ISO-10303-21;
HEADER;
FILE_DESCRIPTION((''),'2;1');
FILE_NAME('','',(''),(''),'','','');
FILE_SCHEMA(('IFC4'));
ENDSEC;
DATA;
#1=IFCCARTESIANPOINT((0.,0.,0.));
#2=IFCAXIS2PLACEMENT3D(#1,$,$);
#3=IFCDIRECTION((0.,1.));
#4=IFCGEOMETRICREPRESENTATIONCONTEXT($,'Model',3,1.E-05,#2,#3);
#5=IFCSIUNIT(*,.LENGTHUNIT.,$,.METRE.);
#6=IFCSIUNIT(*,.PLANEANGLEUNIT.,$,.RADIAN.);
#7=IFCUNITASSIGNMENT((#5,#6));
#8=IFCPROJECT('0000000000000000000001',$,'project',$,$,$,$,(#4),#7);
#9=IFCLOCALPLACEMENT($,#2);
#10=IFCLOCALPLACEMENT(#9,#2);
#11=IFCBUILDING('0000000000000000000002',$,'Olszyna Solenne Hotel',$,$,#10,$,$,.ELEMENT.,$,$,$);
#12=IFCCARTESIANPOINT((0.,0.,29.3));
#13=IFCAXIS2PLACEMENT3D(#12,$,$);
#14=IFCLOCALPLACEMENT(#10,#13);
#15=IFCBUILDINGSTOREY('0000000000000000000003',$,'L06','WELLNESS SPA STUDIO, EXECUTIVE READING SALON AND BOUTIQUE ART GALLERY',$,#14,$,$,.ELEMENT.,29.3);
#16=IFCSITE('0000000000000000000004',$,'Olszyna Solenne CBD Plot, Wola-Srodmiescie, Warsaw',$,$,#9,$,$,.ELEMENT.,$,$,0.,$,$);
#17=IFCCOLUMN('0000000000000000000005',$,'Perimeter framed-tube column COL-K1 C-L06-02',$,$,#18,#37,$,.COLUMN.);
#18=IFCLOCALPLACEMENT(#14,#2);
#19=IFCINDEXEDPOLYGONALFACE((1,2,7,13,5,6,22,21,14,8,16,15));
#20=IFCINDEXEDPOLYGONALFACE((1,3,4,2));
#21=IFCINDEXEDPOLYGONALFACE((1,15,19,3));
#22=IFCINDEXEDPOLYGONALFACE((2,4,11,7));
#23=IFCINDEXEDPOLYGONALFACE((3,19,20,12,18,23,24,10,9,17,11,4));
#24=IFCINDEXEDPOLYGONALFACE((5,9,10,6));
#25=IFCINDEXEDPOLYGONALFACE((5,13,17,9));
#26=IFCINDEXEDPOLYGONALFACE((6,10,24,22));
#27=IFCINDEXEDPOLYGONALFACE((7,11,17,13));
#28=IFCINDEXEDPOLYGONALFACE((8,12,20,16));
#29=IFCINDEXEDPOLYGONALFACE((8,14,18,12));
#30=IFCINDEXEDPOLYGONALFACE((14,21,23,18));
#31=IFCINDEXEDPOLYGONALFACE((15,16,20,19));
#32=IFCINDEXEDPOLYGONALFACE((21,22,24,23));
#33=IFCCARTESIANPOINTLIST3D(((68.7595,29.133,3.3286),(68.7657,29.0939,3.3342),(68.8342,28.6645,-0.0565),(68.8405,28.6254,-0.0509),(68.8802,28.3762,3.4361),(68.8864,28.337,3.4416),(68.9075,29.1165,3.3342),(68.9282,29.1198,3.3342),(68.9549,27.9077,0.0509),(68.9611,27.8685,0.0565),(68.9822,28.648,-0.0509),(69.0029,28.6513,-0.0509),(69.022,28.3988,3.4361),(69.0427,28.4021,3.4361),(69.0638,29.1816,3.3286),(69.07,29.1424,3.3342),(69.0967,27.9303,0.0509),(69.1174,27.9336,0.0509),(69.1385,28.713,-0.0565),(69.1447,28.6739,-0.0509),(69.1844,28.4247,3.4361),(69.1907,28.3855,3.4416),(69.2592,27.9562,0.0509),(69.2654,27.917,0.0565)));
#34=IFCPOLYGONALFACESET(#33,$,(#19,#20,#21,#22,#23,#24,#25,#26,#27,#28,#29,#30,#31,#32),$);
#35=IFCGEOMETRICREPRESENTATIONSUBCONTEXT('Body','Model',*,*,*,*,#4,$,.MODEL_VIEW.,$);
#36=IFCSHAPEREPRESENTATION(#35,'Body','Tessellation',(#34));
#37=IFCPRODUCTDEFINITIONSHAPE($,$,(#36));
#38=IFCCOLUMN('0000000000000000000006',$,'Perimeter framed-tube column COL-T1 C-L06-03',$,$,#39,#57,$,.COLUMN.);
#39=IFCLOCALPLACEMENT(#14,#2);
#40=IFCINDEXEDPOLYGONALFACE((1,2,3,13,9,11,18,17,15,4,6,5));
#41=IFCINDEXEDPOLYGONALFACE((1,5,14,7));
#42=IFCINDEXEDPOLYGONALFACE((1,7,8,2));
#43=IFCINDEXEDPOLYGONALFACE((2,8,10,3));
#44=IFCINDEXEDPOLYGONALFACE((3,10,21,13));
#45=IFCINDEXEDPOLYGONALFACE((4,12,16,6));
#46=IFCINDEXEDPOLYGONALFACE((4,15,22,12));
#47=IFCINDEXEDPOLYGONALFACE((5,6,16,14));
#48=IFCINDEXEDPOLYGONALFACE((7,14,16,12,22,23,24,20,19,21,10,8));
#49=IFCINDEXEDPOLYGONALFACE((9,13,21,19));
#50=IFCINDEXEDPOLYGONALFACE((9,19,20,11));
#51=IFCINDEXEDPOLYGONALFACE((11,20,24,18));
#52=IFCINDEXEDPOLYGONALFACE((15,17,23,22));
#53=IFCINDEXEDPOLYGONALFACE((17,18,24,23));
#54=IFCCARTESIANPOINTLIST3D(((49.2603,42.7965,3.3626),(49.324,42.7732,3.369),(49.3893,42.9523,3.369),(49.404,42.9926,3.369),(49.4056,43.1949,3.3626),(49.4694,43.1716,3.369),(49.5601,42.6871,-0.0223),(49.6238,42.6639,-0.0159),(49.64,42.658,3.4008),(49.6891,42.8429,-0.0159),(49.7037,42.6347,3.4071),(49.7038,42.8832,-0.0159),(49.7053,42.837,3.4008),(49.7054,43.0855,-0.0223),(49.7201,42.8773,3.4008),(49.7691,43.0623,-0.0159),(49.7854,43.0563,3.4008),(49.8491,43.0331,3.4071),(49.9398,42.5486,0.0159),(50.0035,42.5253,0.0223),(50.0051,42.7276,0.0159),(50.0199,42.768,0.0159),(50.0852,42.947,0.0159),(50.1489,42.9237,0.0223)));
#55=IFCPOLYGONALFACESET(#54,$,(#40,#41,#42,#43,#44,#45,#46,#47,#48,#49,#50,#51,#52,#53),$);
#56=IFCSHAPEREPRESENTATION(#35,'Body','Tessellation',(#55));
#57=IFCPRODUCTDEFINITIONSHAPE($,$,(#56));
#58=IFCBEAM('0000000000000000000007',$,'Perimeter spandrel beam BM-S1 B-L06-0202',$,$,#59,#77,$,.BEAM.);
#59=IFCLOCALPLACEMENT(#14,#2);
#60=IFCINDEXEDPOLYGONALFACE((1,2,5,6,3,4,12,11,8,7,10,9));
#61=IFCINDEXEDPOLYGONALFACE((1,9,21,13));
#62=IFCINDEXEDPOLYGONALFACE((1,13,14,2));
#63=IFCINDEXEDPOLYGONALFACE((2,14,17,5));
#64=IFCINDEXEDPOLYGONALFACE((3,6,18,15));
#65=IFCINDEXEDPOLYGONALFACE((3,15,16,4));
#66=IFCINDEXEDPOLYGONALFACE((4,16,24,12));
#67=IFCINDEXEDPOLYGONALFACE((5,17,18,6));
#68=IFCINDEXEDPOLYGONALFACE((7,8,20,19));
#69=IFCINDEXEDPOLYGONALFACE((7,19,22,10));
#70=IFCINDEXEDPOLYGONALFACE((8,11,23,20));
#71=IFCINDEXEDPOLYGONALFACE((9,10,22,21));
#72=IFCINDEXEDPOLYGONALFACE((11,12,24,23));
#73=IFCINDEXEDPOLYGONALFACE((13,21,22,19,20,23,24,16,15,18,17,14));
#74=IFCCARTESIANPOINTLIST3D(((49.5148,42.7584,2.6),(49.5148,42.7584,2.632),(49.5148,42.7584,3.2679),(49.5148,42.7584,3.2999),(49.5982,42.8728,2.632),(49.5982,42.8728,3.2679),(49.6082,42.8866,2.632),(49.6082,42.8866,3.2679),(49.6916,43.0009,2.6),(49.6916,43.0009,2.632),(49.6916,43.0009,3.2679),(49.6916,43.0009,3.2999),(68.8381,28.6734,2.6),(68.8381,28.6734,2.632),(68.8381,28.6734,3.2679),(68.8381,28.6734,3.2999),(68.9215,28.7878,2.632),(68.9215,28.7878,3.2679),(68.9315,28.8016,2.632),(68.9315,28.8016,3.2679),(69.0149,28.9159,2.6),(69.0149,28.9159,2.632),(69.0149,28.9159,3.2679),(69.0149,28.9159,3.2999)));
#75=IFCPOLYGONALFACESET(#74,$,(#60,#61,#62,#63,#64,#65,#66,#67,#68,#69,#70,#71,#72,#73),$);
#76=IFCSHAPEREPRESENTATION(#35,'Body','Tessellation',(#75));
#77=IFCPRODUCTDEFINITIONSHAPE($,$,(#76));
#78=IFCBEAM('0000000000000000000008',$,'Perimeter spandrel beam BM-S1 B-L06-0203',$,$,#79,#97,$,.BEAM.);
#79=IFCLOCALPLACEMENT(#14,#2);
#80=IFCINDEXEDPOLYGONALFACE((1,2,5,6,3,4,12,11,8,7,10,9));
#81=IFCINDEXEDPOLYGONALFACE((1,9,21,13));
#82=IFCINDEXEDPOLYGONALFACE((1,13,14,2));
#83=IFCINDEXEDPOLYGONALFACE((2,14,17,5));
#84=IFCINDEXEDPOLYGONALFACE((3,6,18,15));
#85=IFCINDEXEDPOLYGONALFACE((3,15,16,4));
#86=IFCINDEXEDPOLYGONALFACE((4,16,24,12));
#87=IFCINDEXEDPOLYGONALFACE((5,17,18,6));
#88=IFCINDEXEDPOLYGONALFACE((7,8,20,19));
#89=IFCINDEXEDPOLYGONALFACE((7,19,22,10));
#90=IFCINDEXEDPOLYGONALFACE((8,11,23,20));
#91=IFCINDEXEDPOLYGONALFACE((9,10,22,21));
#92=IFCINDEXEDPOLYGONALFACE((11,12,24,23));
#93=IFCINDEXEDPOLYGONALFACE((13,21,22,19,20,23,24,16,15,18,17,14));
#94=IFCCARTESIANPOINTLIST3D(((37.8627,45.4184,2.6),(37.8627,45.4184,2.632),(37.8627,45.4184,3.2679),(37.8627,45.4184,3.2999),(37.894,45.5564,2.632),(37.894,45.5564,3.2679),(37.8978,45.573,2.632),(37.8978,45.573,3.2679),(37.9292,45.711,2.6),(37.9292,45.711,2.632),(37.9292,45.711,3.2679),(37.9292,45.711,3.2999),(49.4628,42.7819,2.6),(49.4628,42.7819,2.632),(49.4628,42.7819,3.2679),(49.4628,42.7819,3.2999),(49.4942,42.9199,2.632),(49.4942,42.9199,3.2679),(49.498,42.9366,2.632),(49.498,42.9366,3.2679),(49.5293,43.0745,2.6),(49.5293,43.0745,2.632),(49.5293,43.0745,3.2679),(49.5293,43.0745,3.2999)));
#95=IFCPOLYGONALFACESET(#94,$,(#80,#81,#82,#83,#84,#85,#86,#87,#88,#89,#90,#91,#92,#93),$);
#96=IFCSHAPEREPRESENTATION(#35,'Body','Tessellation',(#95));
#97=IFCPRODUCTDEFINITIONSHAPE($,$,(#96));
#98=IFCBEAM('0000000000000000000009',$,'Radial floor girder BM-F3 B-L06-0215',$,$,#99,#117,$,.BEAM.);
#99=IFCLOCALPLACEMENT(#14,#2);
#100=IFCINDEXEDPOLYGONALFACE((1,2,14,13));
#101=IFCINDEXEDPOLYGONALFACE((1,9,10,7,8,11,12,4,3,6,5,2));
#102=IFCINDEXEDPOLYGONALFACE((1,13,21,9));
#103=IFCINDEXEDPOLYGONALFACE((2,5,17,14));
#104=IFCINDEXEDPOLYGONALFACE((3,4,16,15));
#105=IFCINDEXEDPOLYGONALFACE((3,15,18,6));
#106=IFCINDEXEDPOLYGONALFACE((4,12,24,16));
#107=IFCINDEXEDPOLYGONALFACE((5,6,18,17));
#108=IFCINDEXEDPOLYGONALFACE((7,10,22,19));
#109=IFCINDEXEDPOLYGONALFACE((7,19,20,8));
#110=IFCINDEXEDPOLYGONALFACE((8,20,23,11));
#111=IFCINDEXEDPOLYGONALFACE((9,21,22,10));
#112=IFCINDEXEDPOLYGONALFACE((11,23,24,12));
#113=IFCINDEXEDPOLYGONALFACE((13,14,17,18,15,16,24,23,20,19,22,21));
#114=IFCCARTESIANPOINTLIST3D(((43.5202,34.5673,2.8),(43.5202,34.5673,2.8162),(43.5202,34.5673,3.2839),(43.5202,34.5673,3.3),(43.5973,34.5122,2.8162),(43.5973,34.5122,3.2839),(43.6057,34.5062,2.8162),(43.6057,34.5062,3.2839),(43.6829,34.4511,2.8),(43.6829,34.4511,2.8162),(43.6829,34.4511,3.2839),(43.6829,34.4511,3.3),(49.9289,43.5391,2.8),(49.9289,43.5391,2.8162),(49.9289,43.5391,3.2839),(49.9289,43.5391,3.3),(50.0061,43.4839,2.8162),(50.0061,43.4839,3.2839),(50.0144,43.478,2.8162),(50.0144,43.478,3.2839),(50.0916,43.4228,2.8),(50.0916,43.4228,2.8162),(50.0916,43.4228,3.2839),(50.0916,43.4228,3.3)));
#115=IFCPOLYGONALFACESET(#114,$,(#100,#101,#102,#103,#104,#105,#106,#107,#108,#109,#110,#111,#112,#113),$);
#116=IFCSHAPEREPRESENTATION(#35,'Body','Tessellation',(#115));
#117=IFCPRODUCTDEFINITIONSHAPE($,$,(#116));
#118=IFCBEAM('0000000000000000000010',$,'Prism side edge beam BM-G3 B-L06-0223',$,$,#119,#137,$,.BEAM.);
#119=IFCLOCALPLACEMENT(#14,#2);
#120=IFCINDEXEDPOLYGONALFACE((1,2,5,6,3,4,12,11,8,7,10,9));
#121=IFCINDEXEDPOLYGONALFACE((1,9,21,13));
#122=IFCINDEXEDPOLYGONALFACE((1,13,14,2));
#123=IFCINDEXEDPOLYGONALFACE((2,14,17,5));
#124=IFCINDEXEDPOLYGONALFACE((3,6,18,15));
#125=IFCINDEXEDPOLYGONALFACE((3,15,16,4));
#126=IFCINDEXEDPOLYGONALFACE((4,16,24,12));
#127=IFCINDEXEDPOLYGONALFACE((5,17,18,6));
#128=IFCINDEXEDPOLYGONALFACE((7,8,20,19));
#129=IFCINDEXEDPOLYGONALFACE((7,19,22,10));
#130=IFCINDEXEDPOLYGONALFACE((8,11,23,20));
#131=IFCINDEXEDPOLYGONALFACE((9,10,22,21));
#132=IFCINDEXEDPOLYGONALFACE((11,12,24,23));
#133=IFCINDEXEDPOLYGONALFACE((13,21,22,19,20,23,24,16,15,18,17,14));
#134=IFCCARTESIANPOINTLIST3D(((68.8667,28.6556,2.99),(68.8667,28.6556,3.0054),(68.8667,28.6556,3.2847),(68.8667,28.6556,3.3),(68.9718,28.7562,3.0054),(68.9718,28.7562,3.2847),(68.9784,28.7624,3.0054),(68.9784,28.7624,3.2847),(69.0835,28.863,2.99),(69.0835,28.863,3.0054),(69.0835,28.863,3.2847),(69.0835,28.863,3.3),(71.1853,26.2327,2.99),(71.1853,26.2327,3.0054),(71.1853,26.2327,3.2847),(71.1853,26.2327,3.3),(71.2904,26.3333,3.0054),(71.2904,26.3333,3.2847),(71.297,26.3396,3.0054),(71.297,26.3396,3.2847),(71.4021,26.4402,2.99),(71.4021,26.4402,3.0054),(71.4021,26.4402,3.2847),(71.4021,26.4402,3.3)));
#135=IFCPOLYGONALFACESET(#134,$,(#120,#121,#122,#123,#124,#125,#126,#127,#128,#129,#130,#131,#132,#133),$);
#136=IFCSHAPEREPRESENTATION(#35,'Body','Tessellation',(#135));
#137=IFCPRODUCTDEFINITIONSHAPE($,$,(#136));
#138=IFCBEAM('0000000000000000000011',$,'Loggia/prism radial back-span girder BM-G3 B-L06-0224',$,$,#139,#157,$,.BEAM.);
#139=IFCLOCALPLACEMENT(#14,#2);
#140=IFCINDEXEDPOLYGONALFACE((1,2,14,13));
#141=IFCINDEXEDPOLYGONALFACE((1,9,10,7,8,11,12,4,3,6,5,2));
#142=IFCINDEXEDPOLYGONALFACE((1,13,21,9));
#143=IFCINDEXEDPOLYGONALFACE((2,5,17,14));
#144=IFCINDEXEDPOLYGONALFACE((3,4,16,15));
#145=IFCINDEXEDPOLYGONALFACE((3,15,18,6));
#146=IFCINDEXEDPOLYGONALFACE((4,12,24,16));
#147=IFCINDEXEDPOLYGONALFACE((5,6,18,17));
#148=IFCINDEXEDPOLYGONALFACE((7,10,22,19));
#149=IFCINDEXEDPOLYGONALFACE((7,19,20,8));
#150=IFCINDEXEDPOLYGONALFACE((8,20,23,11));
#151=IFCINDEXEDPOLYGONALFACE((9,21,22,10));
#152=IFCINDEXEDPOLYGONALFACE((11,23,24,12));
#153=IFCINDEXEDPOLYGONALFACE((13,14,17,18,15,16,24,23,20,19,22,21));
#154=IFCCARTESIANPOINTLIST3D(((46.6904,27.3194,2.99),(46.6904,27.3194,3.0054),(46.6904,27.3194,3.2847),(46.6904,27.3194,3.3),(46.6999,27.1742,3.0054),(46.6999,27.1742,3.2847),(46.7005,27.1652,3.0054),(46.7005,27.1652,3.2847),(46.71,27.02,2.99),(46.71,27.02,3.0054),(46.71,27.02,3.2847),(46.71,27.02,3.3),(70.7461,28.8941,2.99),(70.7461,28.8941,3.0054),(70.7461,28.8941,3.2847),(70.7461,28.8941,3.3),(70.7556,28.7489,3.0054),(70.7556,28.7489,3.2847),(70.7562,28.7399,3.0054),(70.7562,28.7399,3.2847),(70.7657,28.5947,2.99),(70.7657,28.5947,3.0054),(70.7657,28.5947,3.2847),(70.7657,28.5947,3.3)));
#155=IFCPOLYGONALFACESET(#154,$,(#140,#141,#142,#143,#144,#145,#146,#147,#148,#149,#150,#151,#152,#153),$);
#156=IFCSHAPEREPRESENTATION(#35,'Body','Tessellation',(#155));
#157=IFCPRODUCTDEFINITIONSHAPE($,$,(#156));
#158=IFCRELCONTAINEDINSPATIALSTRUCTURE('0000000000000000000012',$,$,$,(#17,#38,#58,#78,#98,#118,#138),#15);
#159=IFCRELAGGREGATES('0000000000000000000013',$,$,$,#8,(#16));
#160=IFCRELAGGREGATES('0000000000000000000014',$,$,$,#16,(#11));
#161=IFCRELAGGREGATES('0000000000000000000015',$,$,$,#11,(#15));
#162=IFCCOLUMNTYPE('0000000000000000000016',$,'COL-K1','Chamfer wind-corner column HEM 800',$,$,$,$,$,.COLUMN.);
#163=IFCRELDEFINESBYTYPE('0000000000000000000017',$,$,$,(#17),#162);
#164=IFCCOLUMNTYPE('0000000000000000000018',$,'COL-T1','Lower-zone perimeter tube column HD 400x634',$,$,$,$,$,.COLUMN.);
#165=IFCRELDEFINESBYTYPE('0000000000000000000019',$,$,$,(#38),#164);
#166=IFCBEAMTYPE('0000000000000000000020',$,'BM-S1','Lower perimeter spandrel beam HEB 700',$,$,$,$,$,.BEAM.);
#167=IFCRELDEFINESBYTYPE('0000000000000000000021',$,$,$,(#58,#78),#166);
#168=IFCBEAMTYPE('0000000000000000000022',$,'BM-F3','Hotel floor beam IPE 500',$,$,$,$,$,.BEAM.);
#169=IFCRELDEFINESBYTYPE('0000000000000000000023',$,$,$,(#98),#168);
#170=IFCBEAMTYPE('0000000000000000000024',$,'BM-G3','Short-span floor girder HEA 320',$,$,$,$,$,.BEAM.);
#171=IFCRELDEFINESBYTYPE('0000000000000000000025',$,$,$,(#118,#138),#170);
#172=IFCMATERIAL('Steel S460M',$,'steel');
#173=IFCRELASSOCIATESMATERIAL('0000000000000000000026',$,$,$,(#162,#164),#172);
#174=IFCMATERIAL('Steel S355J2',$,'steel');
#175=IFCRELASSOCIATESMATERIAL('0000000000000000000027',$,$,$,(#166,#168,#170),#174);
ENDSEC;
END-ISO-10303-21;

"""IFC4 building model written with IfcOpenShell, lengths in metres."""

from ifc_helpers import new_model, si_unit, direction, frame, origin, origin_2d, place, context, subcontext, project, spatial, i_section, extrude, source, transform, mapped, material, material_profile, profile_set, type_object, element, save


model = new_model("IFC4")

# Units and contexts
model_context = context("Model", 3, precision=1e-05, world=origin(), true_north=direction((0.0, 1.0)))
body_context = subcontext(model_context, "Body", "Model", "MODEL_VIEW")
ifc_project = project(units=[si_unit("LENGTHUNIT", "METRE"), si_unit("PLANEANGLEUNIT", "RADIAN")], contexts=[model_context])

# Site, building, storey
site_placement = place(None, origin())
site = spatial("IfcSite", under=ifc_project, at=site_placement, Name="Olszyna Solenne CBD Plot, Wola-Srodmiescie, Warsaw", CompositionType="ELEMENT", RefElevation=0.0)
building_placement = place(site_placement, origin())
building = spatial("IfcBuilding", under=site, at=building_placement, Name="Olszyna Solenne Hotel", CompositionType="ELEMENT")
storey_placement = place(building_placement, frame((0.0, 0.0, 29.3)))
storey = spatial("IfcBuildingStorey", under=building, at=storey_placement, Name="L06", Description="WELLNESS SPA STUDIO, EXECUTIVE READING SALON AND BOUTIQUE ART GALLERY", CompositionType="ELEMENT", Elevation=29.3)

# Columns
ifc_material_1 = material(Name="Steel S460M", Category="steel")
ifc_material_profile_1 = material_profile(ifc_material_1, i_section(OverallWidth=0.3081, OverallDepth=0.814, WebThickness=0.021, FlangeThickness=0.04, at=origin_2d()), Name="HEM 800", Category="load-bearing")
ifc_profile_set_1 = profile_set([ifc_material_profile_1], Name="Steel S460M")
column_type_1 = type_object("IfcColumnType", Name="COL-K1", Description="Chamfer wind-corner column HEM 800", PredefinedType="COLUMN", material=ifc_profile_set_1)
shared_shape_1 = source(origin(), body_context, "Body", "SweptSolid", [
    extrude(i_section(OverallWidth=0.3081, OverallDepth=0.814, WebThickness=0.021, FlangeThickness=0.04, at=origin_2d()), origin(), (0.0, 0.0, 1.0), 3.4182),
])
column_1_placement = place(storey_placement, frame((69.0498, 28.2908, 0.0), z_axis=(-0.021856, 0.137066, 0.990321), x_axis=(-0.987524, -0.157469, 0.0)))
element("IfcColumn", 1, at=column_1_placement, inside=storey, type_object=column_type_1, Name="Perimeter framed-tube column COL-K1 C-L06-02", PredefinedType="COLUMN", context=body_context, shape_type="MappedRepresentation", body=[
    mapped(shared_shape_1, transform((0.0, 0.0, 0.0), x_axis=(1.0, 0.0, 0.0), y_axis=(0.0, 1.0, 0.0), z_axis=(0.0, 0.0, 1.0), scale=1.0)),
])
ifc_material_profile_2 = material_profile(ifc_material_1, i_section(OverallWidth=0.4241, OverallDepth=0.4741, WebThickness=0.043, FlangeThickness=0.0681, at=origin_2d()), Name="HD 400x634", Category="load-bearing")
ifc_profile_set_2 = profile_set([ifc_material_profile_2], Name="Steel S460M")
column_type_2 = type_object("IfcColumnType", Name="COL-T1", Description="Lower-zone perimeter tube column HD 400x634", PredefinedType="COLUMN", material=ifc_profile_set_2)
shared_shape_2 = source(origin(), body_context, "Body", "SweptSolid", [
    extrude(i_section(OverallWidth=0.4241, OverallDepth=0.4741, WebThickness=0.043, FlangeThickness=0.0681, at=origin_2d()), origin(), (0.0, 0.0, 1.0), 3.3999),
])
column_2_placement = place(storey_placement, frame((49.8545, 42.8054, 0.0), z_axis=(-0.088177, 0.032169, 0.995585), x_axis=(-0.342726, -0.939436, 0.0)))
element("IfcColumn", 2, at=column_2_placement, inside=storey, type_object=column_type_2, Name="Perimeter framed-tube column COL-T1 C-L06-03", PredefinedType="COLUMN", context=body_context, shape_type="MappedRepresentation", body=[
    mapped(shared_shape_2, transform((0.0, 0.0, 0.0), x_axis=(1.0, 0.0, 0.0), y_axis=(0.0, 1.0, 0.0), z_axis=(0.0, 0.0, 1.0), scale=1.0)),
])

# Beams
ifc_material_2 = material(Name="Steel S355J2", Category="steel")
ifc_material_profile_3 = material_profile(ifc_material_2, i_section(OverallWidth=0.3, OverallDepth=0.7, WebThickness=0.0171, FlangeThickness=0.032, at=origin_2d()), Name="HEB 700", Category="load-bearing")
ifc_profile_set_3 = profile_set([ifc_material_profile_3], Name="Steel S355J2")
beam_type_1 = type_object("IfcBeamType", Name="BM-S1", Description="Lower perimeter spandrel beam HEB 700", PredefinedType="BEAM", material=ifc_profile_set_3)
shared_shape_3 = source(origin(), body_context, "Body", "SweptSolid", [
    extrude(i_section(OverallWidth=0.3, OverallDepth=0.7, WebThickness=0.0171, FlangeThickness=0.032, at=origin_2d()), origin(), (0.0, 0.0, 1.0), 23.9119),
])
beam_1_placement = place(storey_placement, frame((68.9265, 28.7947, 2.95), z_axis=(-0.808105, 0.589038, 0.0), x_axis=(-0.589038, -0.808105, 0.0)))
element("IfcBeam", 3, at=beam_1_placement, inside=storey, type_object=beam_type_1, Name="Perimeter spandrel beam BM-S1 B-L06-0202", PredefinedType="BEAM", context=body_context, shape_type="MappedRepresentation", body=[
    mapped(shared_shape_3, transform((0.0, 0.0, 0.0), x_axis=(1.0, 0.0, 0.0), y_axis=(0.0, 1.0, 0.0), z_axis=(0.0, 0.0, 1.0), scale=1.0)),
])
shared_shape_4 = source(origin(), body_context, "Body", "SweptSolid", [
    extrude(i_section(OverallWidth=0.3, OverallDepth=0.7, WebThickness=0.0171, FlangeThickness=0.032, at=origin_2d()), origin(), (0.0, 0.0, 1.0), 11.896),
])
beam_2_placement = place(storey_placement, frame((49.4961, 42.9282, 2.95), z_axis=(-0.975131, 0.221628, 0.0), x_axis=(-0.221628, -0.975131, 0.0)))
element("IfcBeam", 4, at=beam_2_placement, inside=storey, type_object=beam_type_1, Name="Perimeter spandrel beam BM-S1 B-L06-0203", PredefinedType="BEAM", context=body_context, shape_type="MappedRepresentation", body=[
    mapped(shared_shape_4, transform((0.0, 0.0, 0.0), x_axis=(1.0, 0.0, 0.0), y_axis=(0.0, 1.0, 0.0), z_axis=(0.0, 0.0, 1.0), scale=1.0)),
])
ifc_material_profile_4 = material_profile(ifc_material_2, i_section(OverallWidth=0.2, OverallDepth=0.5, WebThickness=0.0103, FlangeThickness=0.0161, at=origin_2d()), Name="IPE 500", Category="load-bearing")
ifc_profile_set_4 = profile_set([ifc_material_profile_4], Name="Steel S355J2")
beam_type_2 = type_object("IfcBeamType", Name="BM-F3", Description="Hotel floor beam IPE 500", PredefinedType="BEAM", material=ifc_profile_set_4)
shared_shape_5 = source(origin(), body_context, "Body", "SweptSolid", [
    extrude(i_section(OverallWidth=0.2, OverallDepth=0.5, WebThickness=0.0103, FlangeThickness=0.0161, at=origin_2d()), origin(), (0.0, 0.0, 1.0), 11.0256),
])
beam_3_placement = place(storey_placement, frame((50.0103, 43.481, 3.05), z_axis=(-0.581259, -0.813719, 0.0), x_axis=(0.813719, -0.581259, 0.0)))
element("IfcBeam", 5, at=beam_3_placement, inside=storey, type_object=beam_type_2, Name="Radial floor girder BM-F3 B-L06-0215", PredefinedType="BEAM", context=body_context, shape_type="MappedRepresentation", body=[
    mapped(shared_shape_5, transform((0.0, 0.0, 0.0), x_axis=(1.0, 0.0, 0.0), y_axis=(0.0, 1.0, 0.0), z_axis=(0.0, 0.0, 1.0), scale=1.0)),
])
ifc_material_profile_5 = material_profile(ifc_material_2, i_section(OverallWidth=0.3, OverallDepth=0.3101, WebThickness=0.009, FlangeThickness=0.0154, at=origin_2d()), Name="HEA 320", Category="load-bearing")
ifc_profile_set_5 = profile_set([ifc_material_profile_5], Name="Steel S355J2")
beam_type_3 = type_object("IfcBeamType", Name="BM-G3", Description="Short-span floor girder HEA 320", PredefinedType="BEAM", material=ifc_profile_set_5)
shared_shape_6 = source(origin(), body_context, "Body", "SweptSolid", [
    extrude(i_section(OverallWidth=0.3, OverallDepth=0.3101, WebThickness=0.009, FlangeThickness=0.0154, at=origin_2d()), origin(), (0.0, 0.0, 1.0), 3.3535),
])
beam_4_placement = place(storey_placement, frame((68.9751, 28.7593, 3.145), z_axis=(0.691393, -0.722479, 0.0), x_axis=(0.722479, 0.691393, 0.0)))
element("IfcBeam", 6, at=beam_4_placement, inside=storey, type_object=beam_type_3, Name="Prism side edge beam BM-G3 B-L06-0223", PredefinedType="BEAM", context=body_context, shape_type="MappedRepresentation", body=[
    mapped(shared_shape_6, transform((0.0, 0.0, 0.0), x_axis=(1.0, 0.0, 0.0), y_axis=(0.0, 1.0, 0.0), z_axis=(0.0, 0.0, 1.0), scale=1.0)),
])
shared_shape_7 = source(origin(), body_context, "Body", "SweptSolid", [
    extrude(i_section(OverallWidth=0.3, OverallDepth=0.3101, WebThickness=0.009, FlangeThickness=0.0154, at=origin_2d()), origin(), (0.0, 0.0, 1.0), 24.1072),
])
beam_5_placement = place(storey_placement, frame((70.7559, 28.7444, 3.145), z_axis=(-0.997864, -0.065321, 0.0), x_axis=(0.065321, -0.997864, 0.0)))
element("IfcBeam", 7, at=beam_5_placement, inside=storey, type_object=beam_type_3, Name="Loggia/prism radial back-span girder BM-G3 B-L06-0224", PredefinedType="BEAM", context=body_context, shape_type="MappedRepresentation", body=[
    mapped(shared_shape_7, transform((0.0, 0.0, 0.0), x_axis=(1.0, 0.0, 0.0), y_axis=(0.0, 1.0, 0.0), z_axis=(0.0, 0.0, 1.0), scale=1.0)),
])

save(model, "model.ifc")
